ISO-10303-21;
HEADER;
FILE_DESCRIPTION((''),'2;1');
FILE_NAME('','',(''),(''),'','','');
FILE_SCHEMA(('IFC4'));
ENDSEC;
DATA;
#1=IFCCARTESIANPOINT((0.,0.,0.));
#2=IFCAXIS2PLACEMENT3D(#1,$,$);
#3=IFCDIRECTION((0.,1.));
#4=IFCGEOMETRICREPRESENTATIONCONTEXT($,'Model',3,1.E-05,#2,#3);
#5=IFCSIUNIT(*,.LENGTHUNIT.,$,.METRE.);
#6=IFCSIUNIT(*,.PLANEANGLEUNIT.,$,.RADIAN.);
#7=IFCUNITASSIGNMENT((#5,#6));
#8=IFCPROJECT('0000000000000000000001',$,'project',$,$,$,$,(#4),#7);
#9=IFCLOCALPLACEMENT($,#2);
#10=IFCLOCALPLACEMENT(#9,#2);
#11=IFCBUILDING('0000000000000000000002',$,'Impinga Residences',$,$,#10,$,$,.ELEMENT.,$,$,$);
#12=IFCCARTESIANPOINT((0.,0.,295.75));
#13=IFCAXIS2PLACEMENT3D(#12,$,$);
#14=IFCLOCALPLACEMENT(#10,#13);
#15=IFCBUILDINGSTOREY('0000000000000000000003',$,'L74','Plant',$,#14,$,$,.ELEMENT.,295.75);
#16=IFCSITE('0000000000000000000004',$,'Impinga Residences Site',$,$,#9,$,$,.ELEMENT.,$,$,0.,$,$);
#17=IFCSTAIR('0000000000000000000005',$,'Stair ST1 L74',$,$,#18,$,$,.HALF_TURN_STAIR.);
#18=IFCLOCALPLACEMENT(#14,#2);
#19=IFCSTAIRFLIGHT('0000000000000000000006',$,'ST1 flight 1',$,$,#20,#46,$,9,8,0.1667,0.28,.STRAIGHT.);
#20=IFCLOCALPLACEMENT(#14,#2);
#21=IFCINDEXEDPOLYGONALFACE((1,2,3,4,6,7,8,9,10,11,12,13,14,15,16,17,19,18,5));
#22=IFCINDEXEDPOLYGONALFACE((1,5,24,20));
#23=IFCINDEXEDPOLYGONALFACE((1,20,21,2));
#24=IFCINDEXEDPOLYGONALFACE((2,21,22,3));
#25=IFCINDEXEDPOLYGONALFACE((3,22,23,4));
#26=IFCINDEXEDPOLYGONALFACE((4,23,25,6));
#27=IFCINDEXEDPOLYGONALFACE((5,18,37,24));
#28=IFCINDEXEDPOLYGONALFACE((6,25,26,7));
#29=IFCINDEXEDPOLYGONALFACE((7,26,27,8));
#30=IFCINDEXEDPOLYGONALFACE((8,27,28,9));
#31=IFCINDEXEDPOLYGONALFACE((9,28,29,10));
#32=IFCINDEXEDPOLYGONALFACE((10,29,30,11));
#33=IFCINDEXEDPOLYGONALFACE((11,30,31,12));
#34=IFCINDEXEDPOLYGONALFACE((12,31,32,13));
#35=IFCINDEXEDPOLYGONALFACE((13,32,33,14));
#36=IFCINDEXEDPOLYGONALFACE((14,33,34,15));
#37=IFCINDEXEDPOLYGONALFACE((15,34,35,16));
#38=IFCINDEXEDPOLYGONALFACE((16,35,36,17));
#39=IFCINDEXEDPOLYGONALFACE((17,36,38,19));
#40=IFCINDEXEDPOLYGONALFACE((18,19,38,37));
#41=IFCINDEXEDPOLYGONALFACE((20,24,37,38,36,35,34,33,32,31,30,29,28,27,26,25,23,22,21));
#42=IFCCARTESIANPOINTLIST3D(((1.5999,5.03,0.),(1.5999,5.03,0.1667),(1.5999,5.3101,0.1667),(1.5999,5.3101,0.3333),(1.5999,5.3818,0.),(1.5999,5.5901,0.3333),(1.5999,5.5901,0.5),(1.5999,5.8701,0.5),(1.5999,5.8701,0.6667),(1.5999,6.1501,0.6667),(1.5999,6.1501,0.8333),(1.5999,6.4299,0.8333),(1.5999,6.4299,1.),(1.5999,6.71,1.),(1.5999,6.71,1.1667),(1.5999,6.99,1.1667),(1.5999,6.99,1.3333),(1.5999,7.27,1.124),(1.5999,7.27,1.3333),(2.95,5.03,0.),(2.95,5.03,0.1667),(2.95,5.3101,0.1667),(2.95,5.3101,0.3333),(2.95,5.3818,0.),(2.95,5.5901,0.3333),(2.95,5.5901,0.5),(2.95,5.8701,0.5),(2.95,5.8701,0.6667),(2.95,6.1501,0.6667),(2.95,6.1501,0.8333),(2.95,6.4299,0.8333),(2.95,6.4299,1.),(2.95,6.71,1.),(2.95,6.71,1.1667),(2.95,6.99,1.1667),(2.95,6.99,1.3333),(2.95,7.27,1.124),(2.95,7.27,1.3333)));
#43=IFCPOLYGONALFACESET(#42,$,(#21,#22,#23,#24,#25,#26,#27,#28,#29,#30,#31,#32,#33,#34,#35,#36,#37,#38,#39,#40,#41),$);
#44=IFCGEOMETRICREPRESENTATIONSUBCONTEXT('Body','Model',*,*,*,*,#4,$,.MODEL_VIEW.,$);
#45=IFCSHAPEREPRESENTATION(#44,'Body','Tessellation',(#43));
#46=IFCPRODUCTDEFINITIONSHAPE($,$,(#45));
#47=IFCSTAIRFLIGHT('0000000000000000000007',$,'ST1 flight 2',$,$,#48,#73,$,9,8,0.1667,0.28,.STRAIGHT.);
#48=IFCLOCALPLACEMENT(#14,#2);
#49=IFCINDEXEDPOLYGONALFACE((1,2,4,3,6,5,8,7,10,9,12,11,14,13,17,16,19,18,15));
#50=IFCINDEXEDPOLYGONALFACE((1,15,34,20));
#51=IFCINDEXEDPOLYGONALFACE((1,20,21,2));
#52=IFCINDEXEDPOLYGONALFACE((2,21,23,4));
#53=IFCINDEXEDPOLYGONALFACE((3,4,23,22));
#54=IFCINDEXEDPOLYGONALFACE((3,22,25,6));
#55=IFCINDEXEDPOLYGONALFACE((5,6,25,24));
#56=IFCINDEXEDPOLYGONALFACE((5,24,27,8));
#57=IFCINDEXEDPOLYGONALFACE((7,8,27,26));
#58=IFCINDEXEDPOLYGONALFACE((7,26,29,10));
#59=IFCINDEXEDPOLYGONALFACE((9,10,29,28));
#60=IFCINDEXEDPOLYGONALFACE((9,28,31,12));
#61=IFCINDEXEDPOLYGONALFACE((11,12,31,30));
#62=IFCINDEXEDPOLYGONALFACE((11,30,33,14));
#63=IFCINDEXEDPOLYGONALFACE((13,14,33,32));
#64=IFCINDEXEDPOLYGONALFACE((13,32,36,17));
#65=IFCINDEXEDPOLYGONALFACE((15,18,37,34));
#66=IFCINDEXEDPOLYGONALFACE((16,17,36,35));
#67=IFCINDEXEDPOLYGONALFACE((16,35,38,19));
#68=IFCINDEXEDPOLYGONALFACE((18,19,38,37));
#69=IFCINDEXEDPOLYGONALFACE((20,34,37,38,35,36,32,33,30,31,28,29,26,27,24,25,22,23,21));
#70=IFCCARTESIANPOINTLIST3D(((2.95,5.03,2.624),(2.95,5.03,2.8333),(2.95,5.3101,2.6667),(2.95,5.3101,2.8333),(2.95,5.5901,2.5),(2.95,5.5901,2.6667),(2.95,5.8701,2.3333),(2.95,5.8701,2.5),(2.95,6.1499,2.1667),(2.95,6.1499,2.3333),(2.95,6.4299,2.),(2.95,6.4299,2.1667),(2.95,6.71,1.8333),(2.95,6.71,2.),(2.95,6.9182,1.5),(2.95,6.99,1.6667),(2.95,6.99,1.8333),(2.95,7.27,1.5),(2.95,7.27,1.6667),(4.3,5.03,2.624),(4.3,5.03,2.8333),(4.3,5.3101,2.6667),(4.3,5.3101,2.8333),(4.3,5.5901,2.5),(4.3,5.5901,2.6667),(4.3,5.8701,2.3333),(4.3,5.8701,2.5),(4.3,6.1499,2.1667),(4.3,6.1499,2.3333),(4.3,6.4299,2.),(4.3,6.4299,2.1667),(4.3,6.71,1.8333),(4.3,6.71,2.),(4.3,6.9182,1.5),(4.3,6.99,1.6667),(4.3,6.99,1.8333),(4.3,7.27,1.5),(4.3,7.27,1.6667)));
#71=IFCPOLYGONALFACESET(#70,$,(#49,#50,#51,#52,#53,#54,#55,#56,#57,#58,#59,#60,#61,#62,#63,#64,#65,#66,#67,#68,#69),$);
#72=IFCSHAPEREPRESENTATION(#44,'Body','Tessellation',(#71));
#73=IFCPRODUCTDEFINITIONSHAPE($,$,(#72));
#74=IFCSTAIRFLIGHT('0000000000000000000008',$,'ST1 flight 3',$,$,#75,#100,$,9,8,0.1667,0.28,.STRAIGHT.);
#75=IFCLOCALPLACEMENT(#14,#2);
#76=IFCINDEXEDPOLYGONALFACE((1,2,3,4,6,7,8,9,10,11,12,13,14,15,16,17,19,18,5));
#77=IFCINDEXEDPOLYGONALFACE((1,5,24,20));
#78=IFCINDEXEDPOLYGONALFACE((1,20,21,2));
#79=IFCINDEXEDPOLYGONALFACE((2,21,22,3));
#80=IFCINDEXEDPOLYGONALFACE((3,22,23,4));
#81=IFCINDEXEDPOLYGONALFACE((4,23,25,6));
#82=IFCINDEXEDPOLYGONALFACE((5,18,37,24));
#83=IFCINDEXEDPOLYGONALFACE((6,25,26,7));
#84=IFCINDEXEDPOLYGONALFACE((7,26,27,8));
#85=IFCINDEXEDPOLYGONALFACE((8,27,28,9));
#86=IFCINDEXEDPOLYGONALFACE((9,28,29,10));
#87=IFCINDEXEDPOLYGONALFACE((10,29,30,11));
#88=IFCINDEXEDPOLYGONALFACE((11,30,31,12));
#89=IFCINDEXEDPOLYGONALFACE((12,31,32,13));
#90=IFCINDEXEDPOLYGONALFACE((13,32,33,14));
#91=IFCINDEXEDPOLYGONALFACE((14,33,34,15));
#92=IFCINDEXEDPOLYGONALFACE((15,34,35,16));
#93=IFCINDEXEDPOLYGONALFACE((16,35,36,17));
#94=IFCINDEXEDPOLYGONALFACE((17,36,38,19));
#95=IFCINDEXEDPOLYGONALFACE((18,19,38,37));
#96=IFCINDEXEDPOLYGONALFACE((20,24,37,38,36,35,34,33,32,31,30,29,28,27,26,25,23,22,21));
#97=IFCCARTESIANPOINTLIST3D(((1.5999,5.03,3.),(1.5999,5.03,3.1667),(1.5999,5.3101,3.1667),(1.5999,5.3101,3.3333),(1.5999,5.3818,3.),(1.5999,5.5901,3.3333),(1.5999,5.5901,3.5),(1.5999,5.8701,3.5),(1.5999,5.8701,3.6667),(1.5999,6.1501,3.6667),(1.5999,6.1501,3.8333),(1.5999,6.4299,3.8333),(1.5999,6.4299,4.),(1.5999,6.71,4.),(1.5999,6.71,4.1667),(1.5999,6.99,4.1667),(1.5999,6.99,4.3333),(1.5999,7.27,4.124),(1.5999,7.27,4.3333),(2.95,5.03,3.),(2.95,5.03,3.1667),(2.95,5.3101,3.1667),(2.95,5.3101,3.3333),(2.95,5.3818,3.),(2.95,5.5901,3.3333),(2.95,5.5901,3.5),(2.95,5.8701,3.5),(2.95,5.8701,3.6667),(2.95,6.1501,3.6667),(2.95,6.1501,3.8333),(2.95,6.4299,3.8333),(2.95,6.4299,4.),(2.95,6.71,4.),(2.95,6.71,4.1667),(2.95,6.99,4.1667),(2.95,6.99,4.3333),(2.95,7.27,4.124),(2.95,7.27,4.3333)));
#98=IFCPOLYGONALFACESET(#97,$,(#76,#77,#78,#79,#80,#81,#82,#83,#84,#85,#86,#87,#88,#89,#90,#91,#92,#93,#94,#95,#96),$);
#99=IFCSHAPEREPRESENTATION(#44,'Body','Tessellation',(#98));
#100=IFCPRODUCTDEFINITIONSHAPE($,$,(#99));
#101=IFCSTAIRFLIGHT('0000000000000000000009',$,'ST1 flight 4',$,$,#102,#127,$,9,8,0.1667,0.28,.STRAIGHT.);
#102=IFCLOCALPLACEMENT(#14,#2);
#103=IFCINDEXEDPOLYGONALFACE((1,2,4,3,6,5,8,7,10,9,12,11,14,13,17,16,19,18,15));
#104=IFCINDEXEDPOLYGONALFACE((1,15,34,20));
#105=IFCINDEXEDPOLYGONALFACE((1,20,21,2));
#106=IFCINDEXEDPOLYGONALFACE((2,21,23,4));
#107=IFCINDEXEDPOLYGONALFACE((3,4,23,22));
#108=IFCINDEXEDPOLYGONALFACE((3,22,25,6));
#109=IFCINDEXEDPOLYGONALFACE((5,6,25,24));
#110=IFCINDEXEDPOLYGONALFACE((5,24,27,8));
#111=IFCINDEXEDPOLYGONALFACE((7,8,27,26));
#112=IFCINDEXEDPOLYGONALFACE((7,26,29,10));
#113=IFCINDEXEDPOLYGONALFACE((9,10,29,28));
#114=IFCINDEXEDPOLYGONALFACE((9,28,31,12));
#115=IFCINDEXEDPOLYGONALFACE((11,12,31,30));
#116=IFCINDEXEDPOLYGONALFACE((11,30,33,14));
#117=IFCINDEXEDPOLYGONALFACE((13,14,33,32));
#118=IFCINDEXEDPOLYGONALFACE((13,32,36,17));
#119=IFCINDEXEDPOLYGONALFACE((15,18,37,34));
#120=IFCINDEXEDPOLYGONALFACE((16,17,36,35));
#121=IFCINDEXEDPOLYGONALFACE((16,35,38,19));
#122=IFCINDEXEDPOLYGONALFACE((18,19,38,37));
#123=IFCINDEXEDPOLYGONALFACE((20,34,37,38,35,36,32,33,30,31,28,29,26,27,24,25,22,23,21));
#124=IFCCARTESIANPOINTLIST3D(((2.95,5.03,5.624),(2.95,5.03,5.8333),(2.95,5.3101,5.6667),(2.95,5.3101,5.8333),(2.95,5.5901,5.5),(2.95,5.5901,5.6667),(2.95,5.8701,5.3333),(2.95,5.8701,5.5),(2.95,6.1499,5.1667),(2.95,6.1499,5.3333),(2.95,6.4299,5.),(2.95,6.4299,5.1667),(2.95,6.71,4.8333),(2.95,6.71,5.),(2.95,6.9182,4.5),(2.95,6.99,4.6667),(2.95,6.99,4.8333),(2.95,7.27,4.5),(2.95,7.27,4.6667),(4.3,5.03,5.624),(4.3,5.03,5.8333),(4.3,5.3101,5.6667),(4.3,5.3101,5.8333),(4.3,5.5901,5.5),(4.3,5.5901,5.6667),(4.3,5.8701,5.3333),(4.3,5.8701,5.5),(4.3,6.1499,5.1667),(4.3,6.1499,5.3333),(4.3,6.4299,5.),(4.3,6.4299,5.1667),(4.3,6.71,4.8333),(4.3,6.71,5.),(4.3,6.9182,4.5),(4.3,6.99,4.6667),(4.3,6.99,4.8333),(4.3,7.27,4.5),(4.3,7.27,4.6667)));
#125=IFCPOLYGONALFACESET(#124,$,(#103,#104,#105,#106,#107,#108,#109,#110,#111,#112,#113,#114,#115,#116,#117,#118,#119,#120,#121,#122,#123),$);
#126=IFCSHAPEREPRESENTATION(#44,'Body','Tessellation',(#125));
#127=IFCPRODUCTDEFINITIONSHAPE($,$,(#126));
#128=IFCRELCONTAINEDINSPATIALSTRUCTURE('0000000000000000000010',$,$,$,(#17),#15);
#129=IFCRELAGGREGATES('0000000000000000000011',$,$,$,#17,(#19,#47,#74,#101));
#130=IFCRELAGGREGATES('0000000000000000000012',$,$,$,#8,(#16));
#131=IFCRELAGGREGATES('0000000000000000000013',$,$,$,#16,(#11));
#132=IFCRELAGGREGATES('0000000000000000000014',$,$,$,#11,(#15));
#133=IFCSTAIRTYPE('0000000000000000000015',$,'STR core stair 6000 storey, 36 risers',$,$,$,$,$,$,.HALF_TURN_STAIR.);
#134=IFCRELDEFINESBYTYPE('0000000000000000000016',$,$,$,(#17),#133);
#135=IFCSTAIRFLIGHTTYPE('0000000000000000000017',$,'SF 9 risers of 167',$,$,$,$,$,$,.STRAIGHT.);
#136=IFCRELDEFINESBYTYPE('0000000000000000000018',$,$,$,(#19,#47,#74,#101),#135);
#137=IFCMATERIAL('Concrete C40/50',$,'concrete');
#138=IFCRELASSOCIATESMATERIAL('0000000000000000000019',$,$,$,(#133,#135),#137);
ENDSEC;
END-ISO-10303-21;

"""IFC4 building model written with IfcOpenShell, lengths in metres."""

from ifc_helpers import new_model, si_unit, direction, frame, origin, place, context, subcontext, project, spatial, polyline, outline, extrude, material, type_object, element, aggregate, save


model = new_model("IFC4")

# Units and contexts
model_context = context("Model", 3, precision=1e-05, world=origin(), true_north=direction((0.0, 1.0)))
body_context = subcontext(model_context, "Body", "Model", "MODEL_VIEW")
ifc_project = project(units=[si_unit("LENGTHUNIT", "METRE"), si_unit("PLANEANGLEUNIT", "RADIAN")], contexts=[model_context])

# Site, building, storey
site_placement = place(None, origin())
site = spatial("IfcSite", under=ifc_project, at=site_placement, Name="Impinga Residences Site", CompositionType="ELEMENT", RefElevation=0.0)
building_placement = place(site_placement, origin())
building = spatial("IfcBuilding", under=site, at=building_placement, Name="Impinga Residences", CompositionType="ELEMENT")
storey_placement = place(building_placement, frame((0.0, 0.0, 295.75)))
storey = spatial("IfcBuildingStorey", under=building, at=storey_placement, Name="L74", Description="Plant", CompositionType="ELEMENT", Elevation=295.75)

# Shared definitions
ifc_material_1 = material(Name="Concrete C40/50", Category="concrete")
stair_type = type_object("IfcStairType", Name="STR core stair 6000 storey, 36 risers", PredefinedType="HALF_TURN_STAIR", material=ifc_material_1)

# Stair, stair flights
stair_1_placement = place(storey_placement, origin())
stair_1 = element("IfcStair", 1, at=stair_1_placement, inside=storey, type_object=stair_type, Name="Stair ST1 L74", PredefinedType="HALF_TURN_STAIR")
stair_flight_type = type_object("IfcStairFlightType", Name="SF 9 risers of 167", PredefinedType="STRAIGHT", material=ifc_material_1)
stair_flight_1_placement = place(storey_placement, frame((2.2749, 5.03, 0.0), z_axis=(0.0, 0.0, 1.0), x_axis=(0.0, 1.0, 0.0)))
stair_flight_1 = element("IfcStairFlight", 2, at=stair_flight_1_placement, type_object=stair_flight_type, Name="ST1 flight 1", NumberOfRisers=9, NumberOfTreads=8, PredefinedType="STRAIGHT", RiserHeight=0.1667, TreadLength=0.28, context=body_context, shape_type="SweptSolid", body=[
    extrude(outline(polyline([(0.0, 0.0), (0.0, 0.1667), (0.28, 0.1667), (0.28, 0.3333), (0.5601, 0.3333), (0.5601, 0.5), (0.8401, 0.5), (0.8401, 0.6667), (1.1201, 0.6667), (1.1201, 0.8333), (1.3999, 0.8333), (1.3999, 1.0), (1.6799, 1.0), (1.6799, 1.1667), (1.96, 1.1667), (1.96, 1.3333), (2.24, 1.3333), (2.24, 1.5), (2.24, 1.124), (0.3518, 0.0), (0.0, 0.0)])), frame((0.0, 0.675, 0.0), z_axis=(0.0, -1.0, 0.0), x_axis=(1.0, 0.0, 0.0)), (0.0, 0.0, 1.0), 1.3501),
])
stair_flight_2_placement = place(storey_placement, frame((3.625, 7.27, 1.5), z_axis=(0.0, 0.0, 1.0), x_axis=(0.0, -1.0, 0.0)))
stair_flight_2 = element("IfcStairFlight", 3, at=stair_flight_2_placement, type_object=stair_flight_type, Name="ST1 flight 2", NumberOfRisers=9, NumberOfTreads=8, PredefinedType="STRAIGHT", RiserHeight=0.1667, TreadLength=0.28, context=body_context, shape_type="SweptSolid", body=[
    extrude(outline(polyline([(0.0, 0.0), (0.0, 0.1667), (0.28, 0.1667), (0.28, 0.3333), (0.5601, 0.3333), (0.5601, 0.5), (0.8401, 0.5), (0.8401, 0.6667), (1.1201, 0.6667), (1.1201, 0.8333), (1.3999, 0.8333), (1.3999, 1.0), (1.6799, 1.0), (1.6799, 1.1667), (1.96, 1.1667), (1.96, 1.3333), (2.24, 1.3333), (2.24, 1.5), (2.24, 1.124), (0.3518, 0.0), (0.0, 0.0)])), frame((0.0, 0.675, 0.0), z_axis=(0.0, -1.0, 0.0), x_axis=(1.0, 0.0, 0.0)), (0.0, 0.0, 1.0), 1.3501),
])
stair_flight_3_placement = place(storey_placement, frame((2.2749, 5.03, 3.0), z_axis=(0.0, 0.0, 1.0), x_axis=(0.0, 1.0, 0.0)))
stair_flight_3 = element("IfcStairFlight", 4, at=stair_flight_3_placement, type_object=stair_flight_type, Name="ST1 flight 3", NumberOfRisers=9, NumberOfTreads=8, PredefinedType="STRAIGHT", RiserHeight=0.1667, TreadLength=0.28, context=body_context, shape_type="SweptSolid", body=[
    extrude(outline(polyline([(0.0, 0.0), (0.0, 0.1667), (0.28, 0.1667), (0.28, 0.3333), (0.5601, 0.3333), (0.5601, 0.5), (0.8401, 0.5), (0.8401, 0.6667), (1.1201, 0.6667), (1.1201, 0.8333), (1.3999, 0.8333), (1.3999, 1.0), (1.6799, 1.0), (1.6799, 1.1667), (1.96, 1.1667), (1.96, 1.3333), (2.24, 1.3333), (2.24, 1.5), (2.24, 1.124), (0.3518, 0.0), (0.0, 0.0)])), frame((0.0, 0.675, 0.0), z_axis=(0.0, -1.0, 0.0), x_axis=(1.0, 0.0, 0.0)), (0.0, 0.0, 1.0), 1.3501),
])
stair_flight_4_placement = place(storey_placement, frame((3.625, 7.27, 4.5), z_axis=(0.0, 0.0, 1.0), x_axis=(0.0, -1.0, 0.0)))
stair_flight_4 = element("IfcStairFlight", 5, at=stair_flight_4_placement, type_object=stair_flight_type, Name="ST1 flight 4", NumberOfRisers=9, NumberOfTreads=8, PredefinedType="STRAIGHT", RiserHeight=0.1667, TreadLength=0.28, context=body_context, shape_type="SweptSolid", body=[
    extrude(outline(polyline([(0.0, 0.0), (0.0, 0.1667), (0.28, 0.1667), (0.28, 0.3333), (0.5601, 0.3333), (0.5601, 0.5), (0.8401, 0.5), (0.8401, 0.6667), (1.1201, 0.6667), (1.1201, 0.8333), (1.3999, 0.8333), (1.3999, 1.0), (1.6799, 1.0), (1.6799, 1.1667), (1.96, 1.1667), (1.96, 1.3333), (2.24, 1.3333), (2.24, 1.5), (2.24, 1.124), (0.3518, 0.0), (0.0, 0.0)])), frame((0.0, 0.675, 0.0), z_axis=(0.0, -1.0, 0.0), x_axis=(1.0, 0.0, 0.0)), (0.0, 0.0, 1.0), 1.3501),
])
aggregate(stair_1, [stair_flight_1, stair_flight_2, stair_flight_3, stair_flight_4])

save(model, "model.ifc")
